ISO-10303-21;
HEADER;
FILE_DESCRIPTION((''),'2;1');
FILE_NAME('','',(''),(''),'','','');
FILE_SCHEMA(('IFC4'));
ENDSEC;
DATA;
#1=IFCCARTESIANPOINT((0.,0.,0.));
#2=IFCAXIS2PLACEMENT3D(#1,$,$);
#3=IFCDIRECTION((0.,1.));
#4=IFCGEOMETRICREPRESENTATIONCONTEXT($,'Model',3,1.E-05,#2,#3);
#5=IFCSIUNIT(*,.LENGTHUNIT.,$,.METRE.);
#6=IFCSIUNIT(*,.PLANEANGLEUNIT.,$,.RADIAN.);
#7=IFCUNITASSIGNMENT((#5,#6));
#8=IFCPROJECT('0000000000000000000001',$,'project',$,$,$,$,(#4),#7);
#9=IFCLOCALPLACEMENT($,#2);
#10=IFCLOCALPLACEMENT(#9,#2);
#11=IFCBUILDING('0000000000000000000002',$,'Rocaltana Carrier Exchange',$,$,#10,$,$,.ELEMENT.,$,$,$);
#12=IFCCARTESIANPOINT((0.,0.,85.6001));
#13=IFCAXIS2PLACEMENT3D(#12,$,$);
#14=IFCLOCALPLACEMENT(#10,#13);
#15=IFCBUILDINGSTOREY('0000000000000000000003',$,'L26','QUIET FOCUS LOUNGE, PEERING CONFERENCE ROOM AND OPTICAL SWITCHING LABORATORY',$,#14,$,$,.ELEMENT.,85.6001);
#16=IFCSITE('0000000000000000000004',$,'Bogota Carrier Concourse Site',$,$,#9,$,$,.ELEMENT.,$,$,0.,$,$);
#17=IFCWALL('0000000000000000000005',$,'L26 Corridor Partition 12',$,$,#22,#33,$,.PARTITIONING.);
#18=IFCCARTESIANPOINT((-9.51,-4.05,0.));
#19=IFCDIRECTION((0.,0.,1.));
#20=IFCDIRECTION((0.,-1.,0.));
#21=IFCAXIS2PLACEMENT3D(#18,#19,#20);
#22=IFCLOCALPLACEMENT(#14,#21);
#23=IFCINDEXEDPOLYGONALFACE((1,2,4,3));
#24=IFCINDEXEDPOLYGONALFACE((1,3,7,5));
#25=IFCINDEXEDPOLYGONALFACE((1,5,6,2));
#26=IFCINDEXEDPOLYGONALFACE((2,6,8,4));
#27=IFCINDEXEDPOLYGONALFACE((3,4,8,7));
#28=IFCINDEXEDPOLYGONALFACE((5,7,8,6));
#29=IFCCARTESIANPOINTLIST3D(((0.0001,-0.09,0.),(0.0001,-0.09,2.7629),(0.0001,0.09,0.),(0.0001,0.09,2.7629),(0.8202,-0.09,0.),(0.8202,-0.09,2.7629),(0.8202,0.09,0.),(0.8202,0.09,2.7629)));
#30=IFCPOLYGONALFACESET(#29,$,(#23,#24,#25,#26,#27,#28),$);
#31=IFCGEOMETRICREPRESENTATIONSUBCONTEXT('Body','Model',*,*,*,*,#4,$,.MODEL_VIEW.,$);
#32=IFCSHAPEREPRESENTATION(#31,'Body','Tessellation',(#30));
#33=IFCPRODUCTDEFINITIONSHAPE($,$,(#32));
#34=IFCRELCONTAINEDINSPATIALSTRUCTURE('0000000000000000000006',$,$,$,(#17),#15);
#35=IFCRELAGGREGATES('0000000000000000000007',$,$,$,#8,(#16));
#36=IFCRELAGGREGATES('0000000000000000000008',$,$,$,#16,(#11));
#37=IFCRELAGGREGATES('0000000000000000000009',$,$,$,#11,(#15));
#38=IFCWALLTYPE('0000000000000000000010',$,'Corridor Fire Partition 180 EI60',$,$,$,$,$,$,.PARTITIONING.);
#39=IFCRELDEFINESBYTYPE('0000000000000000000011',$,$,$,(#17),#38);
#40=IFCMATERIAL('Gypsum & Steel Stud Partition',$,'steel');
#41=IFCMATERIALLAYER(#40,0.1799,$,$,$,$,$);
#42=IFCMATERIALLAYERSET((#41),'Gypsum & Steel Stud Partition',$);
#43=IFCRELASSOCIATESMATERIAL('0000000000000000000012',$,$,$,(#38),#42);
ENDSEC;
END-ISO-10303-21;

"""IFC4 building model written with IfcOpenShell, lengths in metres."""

from ifc_helpers import new_model, si_unit, direction, frame, frame_2d, origin, place, context, subcontext, project, spatial, rectangle, extrude, material, layer, layer_set, type_object, element, save


model = new_model("IFC4")

# Units and contexts
model_context = context("Model", 3, precision=1e-05, world=origin(), true_north=direction((0.0, 1.0)))
body_context = subcontext(model_context, "Body", "Model", "MODEL_VIEW")
ifc_project = project(units=[si_unit("LENGTHUNIT", "METRE"), si_unit("PLANEANGLEUNIT", "RADIAN")], contexts=[model_context])

# Site, building, storey
site_placement = place(None, origin())
site = spatial("IfcSite", under=ifc_project, at=site_placement, Name="Bogota Carrier Concourse Site", CompositionType="ELEMENT", RefElevation=0.0)
building_placement = place(site_placement, origin())
building = spatial("IfcBuilding", under=site, at=building_placement, Name="Rocaltana Carrier Exchange", CompositionType="ELEMENT")
storey_placement = place(building_placement, frame((0.0, 0.0, 85.6001)))
storey = spatial("IfcBuildingStorey", under=building, at=storey_placement, Name="L26", Description="QUIET FOCUS LOUNGE, PEERING CONFERENCE ROOM AND OPTICAL SWITCHING LABORATORY", CompositionType="ELEMENT", Elevation=85.6001)

# Shared definitions
ifc_material_1 = material(Name="Gypsum & Steel Stud Partition", Category="steel")
ifc_layer_1 = layer(ifc_material_1, 0.1799)
ifc_layer_set_1 = layer_set([ifc_layer_1], Name="Gypsum & Steel Stud Partition")
wall_type_1 = type_object("IfcWallType", Name="Corridor Fire Partition 180 EI60", PredefinedType="PARTITIONING", material=ifc_layer_set_1)

# Wall
wall_1_placement = place(storey_placement, frame((-9.51, -4.05, 0.0), z_axis=(0.0, 0.0, 1.0), x_axis=(0.0, -1.0, 0.0)))
element("IfcWall", 1, at=wall_1_placement, inside=storey, type_object=wall_type_1, Name="L26 Corridor Partition 12", PredefinedType="PARTITIONING", context=body_context, shape_type="SweptSolid", body=[
    extrude(rectangle(XDim=0.8201, YDim=0.1799, at=frame_2d((0.4102, 0.0))), origin(), (0.0, 0.0, 1.0), 2.7629),
])

save(model, "model.ifc")
